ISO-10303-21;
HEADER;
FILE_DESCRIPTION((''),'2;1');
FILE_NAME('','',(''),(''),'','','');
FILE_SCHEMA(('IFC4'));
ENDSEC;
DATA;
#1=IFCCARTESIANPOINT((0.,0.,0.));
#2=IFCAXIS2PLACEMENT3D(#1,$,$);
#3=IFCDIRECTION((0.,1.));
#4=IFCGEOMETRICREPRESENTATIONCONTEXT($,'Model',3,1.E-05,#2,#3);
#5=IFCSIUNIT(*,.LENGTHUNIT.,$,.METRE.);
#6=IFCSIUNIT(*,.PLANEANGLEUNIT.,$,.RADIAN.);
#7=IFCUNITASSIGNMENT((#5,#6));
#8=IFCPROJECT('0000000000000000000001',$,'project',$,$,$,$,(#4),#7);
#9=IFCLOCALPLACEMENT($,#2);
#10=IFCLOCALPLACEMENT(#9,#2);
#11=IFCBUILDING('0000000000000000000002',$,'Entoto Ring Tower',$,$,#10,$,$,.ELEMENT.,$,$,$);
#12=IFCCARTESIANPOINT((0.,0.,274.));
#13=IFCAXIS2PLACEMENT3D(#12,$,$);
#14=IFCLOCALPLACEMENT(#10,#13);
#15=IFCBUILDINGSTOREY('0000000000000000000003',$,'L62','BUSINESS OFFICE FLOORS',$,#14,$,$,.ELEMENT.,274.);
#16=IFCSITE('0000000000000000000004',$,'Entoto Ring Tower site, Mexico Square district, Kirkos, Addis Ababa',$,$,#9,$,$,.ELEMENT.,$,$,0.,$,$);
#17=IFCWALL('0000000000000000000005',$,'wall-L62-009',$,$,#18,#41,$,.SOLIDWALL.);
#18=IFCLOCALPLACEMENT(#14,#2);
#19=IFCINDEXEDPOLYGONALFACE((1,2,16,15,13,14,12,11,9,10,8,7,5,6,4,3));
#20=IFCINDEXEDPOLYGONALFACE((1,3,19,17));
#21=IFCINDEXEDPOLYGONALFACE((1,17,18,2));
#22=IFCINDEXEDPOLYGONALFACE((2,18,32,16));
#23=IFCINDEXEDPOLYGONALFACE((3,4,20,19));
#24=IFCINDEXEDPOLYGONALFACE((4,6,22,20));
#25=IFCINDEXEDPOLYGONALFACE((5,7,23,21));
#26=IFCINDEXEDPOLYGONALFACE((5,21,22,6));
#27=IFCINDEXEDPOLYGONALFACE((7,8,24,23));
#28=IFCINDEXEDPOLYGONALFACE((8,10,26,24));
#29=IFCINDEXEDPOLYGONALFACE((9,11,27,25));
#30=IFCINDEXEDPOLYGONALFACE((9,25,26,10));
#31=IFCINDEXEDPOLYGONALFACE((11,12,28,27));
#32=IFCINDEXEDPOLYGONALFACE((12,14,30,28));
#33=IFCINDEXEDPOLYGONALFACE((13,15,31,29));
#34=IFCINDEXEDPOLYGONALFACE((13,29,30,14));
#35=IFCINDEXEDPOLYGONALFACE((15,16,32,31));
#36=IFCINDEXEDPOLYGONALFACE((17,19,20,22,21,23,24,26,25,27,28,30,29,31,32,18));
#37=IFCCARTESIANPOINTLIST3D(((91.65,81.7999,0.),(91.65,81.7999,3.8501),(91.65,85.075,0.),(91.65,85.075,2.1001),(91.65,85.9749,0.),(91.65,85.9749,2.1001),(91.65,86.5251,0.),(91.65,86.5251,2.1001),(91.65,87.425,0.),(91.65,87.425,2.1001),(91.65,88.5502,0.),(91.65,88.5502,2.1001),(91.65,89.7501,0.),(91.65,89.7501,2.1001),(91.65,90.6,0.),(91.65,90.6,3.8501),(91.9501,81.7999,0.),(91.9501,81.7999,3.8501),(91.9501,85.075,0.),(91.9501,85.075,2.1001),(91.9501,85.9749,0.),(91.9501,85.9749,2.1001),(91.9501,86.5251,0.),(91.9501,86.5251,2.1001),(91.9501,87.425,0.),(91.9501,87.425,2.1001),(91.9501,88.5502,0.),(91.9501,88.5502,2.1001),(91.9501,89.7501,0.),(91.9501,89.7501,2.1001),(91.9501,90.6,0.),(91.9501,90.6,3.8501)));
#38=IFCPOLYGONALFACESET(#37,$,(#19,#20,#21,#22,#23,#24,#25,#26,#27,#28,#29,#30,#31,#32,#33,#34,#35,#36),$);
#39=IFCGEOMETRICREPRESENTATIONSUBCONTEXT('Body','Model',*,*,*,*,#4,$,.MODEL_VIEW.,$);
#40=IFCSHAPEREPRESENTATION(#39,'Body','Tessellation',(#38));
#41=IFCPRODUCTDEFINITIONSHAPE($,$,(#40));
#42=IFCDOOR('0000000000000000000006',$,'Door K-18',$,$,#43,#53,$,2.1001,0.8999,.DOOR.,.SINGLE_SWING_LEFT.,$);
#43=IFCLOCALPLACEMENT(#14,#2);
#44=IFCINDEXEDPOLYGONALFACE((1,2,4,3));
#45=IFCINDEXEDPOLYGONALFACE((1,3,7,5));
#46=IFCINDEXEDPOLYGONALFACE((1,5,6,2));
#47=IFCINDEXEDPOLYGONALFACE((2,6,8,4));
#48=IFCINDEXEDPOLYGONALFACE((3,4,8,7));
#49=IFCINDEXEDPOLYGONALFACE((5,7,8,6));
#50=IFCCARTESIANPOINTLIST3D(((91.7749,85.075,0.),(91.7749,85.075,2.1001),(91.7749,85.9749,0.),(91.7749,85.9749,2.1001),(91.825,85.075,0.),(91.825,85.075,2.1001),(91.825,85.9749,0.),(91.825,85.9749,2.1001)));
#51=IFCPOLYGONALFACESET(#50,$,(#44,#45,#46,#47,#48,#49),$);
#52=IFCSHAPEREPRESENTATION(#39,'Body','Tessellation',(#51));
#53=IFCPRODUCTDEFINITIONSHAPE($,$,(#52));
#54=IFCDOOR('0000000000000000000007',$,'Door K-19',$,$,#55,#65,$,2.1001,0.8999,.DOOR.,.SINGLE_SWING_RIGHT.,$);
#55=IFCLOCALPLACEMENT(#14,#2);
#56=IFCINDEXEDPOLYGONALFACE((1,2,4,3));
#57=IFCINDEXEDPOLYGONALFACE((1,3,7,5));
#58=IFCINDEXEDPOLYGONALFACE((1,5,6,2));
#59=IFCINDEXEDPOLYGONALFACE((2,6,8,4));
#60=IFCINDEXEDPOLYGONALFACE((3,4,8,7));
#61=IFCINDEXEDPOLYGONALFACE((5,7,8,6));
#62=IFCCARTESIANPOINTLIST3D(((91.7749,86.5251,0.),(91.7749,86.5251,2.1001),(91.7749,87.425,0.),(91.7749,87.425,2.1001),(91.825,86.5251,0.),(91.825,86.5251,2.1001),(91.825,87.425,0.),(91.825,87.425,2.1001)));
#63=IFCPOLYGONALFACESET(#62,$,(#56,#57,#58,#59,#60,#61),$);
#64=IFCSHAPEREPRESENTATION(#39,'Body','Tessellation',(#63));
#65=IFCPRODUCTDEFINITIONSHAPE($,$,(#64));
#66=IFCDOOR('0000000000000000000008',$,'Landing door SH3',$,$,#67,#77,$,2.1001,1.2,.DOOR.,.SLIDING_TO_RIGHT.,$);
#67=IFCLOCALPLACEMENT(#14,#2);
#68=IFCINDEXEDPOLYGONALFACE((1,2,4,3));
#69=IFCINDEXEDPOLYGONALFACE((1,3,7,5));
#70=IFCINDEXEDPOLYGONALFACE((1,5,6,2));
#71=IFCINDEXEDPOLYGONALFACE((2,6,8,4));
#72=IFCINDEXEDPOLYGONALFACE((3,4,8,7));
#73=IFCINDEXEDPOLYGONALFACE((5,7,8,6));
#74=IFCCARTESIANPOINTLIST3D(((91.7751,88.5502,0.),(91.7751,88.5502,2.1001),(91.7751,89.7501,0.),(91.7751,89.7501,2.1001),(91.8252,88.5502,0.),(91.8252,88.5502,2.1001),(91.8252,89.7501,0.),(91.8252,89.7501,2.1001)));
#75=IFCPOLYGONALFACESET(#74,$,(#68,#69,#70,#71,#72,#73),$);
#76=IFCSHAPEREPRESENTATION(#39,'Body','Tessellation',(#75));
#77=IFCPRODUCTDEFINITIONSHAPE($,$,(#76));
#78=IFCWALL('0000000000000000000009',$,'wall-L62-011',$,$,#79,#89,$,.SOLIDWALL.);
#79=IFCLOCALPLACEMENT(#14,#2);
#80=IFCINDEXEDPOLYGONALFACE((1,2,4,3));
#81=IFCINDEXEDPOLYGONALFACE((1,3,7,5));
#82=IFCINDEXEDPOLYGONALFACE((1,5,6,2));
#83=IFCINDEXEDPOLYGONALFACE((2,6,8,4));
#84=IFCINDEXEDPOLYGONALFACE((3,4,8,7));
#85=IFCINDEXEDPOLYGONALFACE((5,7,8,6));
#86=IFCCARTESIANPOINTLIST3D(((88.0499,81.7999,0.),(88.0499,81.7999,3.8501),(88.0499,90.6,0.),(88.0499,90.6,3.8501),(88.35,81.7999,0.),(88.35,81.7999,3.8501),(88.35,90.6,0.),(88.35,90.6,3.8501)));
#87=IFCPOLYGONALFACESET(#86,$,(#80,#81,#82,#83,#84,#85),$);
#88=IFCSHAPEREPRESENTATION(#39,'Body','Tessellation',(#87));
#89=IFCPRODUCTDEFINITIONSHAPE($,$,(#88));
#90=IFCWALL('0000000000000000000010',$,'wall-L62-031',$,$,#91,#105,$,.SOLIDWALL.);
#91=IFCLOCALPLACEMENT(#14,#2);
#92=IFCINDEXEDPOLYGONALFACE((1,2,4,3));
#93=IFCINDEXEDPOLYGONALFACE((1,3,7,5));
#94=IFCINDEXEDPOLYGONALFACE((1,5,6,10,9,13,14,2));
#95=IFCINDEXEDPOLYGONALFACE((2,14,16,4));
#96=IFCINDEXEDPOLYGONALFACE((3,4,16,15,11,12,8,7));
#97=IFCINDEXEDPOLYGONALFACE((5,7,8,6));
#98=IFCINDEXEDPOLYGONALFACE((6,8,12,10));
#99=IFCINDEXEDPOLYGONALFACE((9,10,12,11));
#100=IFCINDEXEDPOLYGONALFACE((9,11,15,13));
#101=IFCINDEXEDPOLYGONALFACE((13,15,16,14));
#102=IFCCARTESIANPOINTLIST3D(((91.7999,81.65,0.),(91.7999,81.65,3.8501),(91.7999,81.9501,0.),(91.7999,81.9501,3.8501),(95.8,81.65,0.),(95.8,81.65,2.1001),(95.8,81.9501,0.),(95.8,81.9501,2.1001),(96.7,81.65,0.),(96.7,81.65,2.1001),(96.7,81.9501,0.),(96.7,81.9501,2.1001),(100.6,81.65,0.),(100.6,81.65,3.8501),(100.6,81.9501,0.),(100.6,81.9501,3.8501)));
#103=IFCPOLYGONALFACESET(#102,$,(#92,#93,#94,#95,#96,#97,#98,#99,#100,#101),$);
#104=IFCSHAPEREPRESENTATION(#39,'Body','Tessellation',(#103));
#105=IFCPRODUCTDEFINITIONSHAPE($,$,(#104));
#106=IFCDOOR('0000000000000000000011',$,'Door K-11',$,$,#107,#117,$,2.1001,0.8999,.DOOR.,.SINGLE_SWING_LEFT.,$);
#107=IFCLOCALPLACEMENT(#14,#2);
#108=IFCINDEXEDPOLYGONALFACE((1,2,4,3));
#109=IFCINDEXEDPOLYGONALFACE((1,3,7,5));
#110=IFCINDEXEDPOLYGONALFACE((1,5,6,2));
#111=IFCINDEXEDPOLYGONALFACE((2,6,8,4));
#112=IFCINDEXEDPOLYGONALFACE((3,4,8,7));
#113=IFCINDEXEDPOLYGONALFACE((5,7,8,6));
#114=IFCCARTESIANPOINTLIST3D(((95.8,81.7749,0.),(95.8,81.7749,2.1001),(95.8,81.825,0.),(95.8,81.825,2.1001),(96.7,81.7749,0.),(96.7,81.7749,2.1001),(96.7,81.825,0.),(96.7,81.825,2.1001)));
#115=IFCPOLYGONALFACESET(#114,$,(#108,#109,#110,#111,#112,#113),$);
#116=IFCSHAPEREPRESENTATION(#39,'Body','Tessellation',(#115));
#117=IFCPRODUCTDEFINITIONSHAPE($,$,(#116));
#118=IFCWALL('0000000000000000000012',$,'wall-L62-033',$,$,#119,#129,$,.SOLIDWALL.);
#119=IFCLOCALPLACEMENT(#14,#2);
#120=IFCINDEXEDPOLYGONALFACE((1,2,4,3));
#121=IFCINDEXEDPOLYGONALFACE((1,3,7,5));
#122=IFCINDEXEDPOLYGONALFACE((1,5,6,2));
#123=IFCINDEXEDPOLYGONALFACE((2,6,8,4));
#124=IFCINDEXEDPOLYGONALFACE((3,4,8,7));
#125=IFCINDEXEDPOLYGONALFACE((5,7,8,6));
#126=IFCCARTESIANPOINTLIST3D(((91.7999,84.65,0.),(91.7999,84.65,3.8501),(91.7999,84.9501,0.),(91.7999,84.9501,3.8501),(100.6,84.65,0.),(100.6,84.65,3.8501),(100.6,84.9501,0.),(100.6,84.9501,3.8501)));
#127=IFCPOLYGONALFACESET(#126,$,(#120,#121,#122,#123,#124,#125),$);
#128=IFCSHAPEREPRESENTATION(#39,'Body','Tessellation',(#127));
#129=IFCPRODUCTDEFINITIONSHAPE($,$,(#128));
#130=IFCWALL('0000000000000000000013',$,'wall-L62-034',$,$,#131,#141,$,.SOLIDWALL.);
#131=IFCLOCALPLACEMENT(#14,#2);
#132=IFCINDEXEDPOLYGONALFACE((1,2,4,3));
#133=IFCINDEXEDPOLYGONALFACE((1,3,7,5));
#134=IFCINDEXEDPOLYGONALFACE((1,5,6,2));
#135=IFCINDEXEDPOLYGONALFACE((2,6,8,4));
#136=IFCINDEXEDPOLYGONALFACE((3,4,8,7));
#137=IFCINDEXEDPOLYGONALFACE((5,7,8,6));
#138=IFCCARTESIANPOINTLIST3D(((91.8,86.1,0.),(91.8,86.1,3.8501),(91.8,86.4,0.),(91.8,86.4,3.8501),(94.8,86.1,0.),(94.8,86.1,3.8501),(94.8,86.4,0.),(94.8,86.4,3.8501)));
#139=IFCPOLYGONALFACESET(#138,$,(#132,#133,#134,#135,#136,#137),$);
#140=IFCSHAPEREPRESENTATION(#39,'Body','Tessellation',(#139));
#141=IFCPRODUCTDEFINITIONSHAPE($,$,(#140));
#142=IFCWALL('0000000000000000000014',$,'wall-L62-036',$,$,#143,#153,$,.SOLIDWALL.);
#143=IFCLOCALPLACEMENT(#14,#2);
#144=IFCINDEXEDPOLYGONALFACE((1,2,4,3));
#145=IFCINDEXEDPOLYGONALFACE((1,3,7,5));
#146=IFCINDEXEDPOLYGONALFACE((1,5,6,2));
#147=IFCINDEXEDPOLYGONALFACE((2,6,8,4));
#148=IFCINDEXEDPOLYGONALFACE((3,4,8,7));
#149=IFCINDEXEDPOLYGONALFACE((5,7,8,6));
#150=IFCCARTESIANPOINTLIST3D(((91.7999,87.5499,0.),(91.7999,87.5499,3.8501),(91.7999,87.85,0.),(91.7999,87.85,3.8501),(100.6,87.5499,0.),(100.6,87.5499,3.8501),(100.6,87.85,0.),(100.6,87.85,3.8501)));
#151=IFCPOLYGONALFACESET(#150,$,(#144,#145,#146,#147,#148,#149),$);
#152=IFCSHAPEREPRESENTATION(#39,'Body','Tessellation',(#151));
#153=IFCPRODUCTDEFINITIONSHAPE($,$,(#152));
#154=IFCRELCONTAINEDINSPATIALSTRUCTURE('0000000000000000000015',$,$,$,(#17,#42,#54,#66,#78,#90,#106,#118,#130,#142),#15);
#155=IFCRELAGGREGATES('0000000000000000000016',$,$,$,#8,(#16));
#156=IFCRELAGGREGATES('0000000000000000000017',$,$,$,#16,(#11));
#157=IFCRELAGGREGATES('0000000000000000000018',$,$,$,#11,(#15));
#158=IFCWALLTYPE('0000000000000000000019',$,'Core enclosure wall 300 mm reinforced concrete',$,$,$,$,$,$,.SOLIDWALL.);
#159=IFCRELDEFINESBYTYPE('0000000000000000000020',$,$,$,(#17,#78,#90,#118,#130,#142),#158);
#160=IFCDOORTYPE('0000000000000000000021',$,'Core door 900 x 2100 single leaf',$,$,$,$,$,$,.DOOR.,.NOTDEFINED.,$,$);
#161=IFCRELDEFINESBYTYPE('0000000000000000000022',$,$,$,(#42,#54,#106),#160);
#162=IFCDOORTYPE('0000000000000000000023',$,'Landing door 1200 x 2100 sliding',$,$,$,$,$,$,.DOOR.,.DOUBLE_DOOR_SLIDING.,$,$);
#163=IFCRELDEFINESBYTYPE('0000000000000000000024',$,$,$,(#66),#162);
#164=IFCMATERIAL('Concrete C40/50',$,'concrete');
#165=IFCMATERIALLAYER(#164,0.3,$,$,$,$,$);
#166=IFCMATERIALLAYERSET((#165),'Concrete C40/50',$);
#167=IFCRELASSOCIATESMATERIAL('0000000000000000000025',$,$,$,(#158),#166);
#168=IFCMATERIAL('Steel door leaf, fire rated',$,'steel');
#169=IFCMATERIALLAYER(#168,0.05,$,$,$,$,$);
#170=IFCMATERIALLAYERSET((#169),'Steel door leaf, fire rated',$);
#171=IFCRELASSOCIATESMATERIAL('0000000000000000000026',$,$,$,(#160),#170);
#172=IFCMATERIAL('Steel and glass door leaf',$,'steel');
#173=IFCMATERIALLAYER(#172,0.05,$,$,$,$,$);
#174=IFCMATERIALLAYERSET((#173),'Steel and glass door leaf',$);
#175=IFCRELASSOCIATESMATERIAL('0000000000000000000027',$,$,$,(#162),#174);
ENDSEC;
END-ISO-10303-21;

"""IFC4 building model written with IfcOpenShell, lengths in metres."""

from ifc_helpers import new_model, si_unit, direction, frame, frame_2d, origin, place, context, subcontext, project, spatial, rectangle, extrude, material, layer, layer_set, type_object, element, fill, save


model = new_model("IFC4")

# Units and contexts
model_context = context("Model", 3, precision=1e-05, world=origin(), true_north=direction((0.0, 1.0)))
body_context = subcontext(model_context, "Body", "Model", "MODEL_VIEW")
ifc_project = project(units=[si_unit("LENGTHUNIT", "METRE"), si_unit("PLANEANGLEUNIT", "RADIAN")], contexts=[model_context])

# Site, building, storey
site_placement = place(None, origin())
site = spatial("IfcSite", under=ifc_project, at=site_placement, Name="Entoto Ring Tower site, Mexico Square district, Kirkos, Addis Ababa", CompositionType="ELEMENT", RefElevation=0.0)
building_placement = place(site_placement, origin())
building = spatial("IfcBuilding", under=site, at=building_placement, Name="Entoto Ring Tower", CompositionType="ELEMENT")
storey_placement = place(building_placement, frame((0.0, 0.0, 274.0)))
storey = spatial("IfcBuildingStorey", under=building, at=storey_placement, Name="L62", Description="BUSINESS OFFICE FLOORS", CompositionType="ELEMENT", Elevation=274.0)

# Shared definitions
ifc_material_1 = material(Name="Concrete C40/50", Category="concrete")
ifc_layer_1 = layer(ifc_material_1, 0.3)
ifc_layer_set_1 = layer_set([ifc_layer_1], Name="Concrete C40/50")
wall_type_1 = type_object("IfcWallType", Name="Core enclosure wall 300 mm reinforced concrete", PredefinedType="SOLIDWALL", material=ifc_layer_set_1)

# Wall, openings, doors
wall_1_placement = place(storey_placement, frame((91.8, 81.8, 0.0), z_axis=(0.0, 0.0, 1.0), x_axis=(0.0, 1.0, 0.0)))
wall_1 = element("IfcWall", 1, at=wall_1_placement, inside=storey, type_object=wall_type_1, Name="wall-L62-009", PredefinedType="SOLIDWALL", context=body_context, shape_type="SweptSolid", body=[
    extrude(rectangle(XDim=8.8, YDim=0.3, at=frame_2d((4.3999, 0.0))), origin(), (0.0, 0.0, 1.0), 3.8501),
])
opening_1_placement = place(wall_1_placement, frame((6.75, 0.0, 0.0)))
opening_1 = element("IfcOpeningElement", 2, at=opening_1_placement, cuts=wall_1, PredefinedType="OPENING", context=body_context, shape_type="SweptSolid", body=[
    extrude(rectangle(XDim=1.2, YDim=2.1001, at=frame_2d((0.6001, 1.05))), frame((0.0, 0.1602, 0.0), z_axis=(0.0, -1.0, 0.0), x_axis=(1.0, 0.0, 0.0)), (0.0, 0.0, 1.0), 0.3201),
])
opening_2_placement = place(wall_1_placement, frame((3.2749, 0.0, 0.0)))
opening_2 = element("IfcOpeningElement", 3, at=opening_2_placement, cuts=wall_1, PredefinedType="OPENING", context=body_context, shape_type="SweptSolid", body=[
    extrude(rectangle(XDim=0.8999, YDim=2.1001, at=frame_2d((0.45, 1.05))), frame((0.0, 0.1602, 0.0), z_axis=(0.0, -1.0, 0.0), x_axis=(1.0, 0.0, 0.0)), (0.0, 0.0, 1.0), 0.3201),
])
opening_3_placement = place(wall_1_placement, frame((4.7251, 0.0, 0.0)))
opening_3 = element("IfcOpeningElement", 4, at=opening_3_placement, cuts=wall_1, PredefinedType="OPENING", context=body_context, shape_type="SweptSolid", body=[
    extrude(rectangle(XDim=0.8999, YDim=2.1001, at=frame_2d((0.45, 1.05))), frame((0.0, 0.1602, 0.0), z_axis=(0.0, -1.0, 0.0), x_axis=(1.0, 0.0, 0.0)), (0.0, 0.0, 1.0), 0.3201),
])
ifc_material_2 = material(Name="Steel door leaf, fire rated", Category="steel")
ifc_layer_2 = layer(ifc_material_2, 0.05)
ifc_layer_set_2 = layer_set([ifc_layer_2], Name="Steel door leaf, fire rated")
door_type_1 = type_object("IfcDoorType", Name="Core door 900 x 2100 single leaf", OperationType="NOTDEFINED", PredefinedType="DOOR", material=ifc_layer_set_2)
door_1_placement = place(opening_2_placement, frame((0.8999, 0.0, 0.0), z_axis=(0.0, 0.0, 1.0), x_axis=(-1.0, 0.0, 0.0)))
door_1 = element("IfcDoor", 5, at=door_1_placement, inside=storey, type_object=door_type_1, Name="Door K-18", OperationType="SINGLE_SWING_LEFT", OverallHeight=2.1001, OverallWidth=0.8999, PredefinedType="DOOR", context=body_context, shape_type="SweptSolid", body=[
    extrude(rectangle(XDim=0.8999, YDim=2.1001, at=frame_2d((0.45, 1.05))), frame((0.0, 0.0249, 0.0), z_axis=(0.0, -1.0, 0.0), x_axis=(1.0, 0.0, 0.0)), (0.0, 0.0, 1.0), 0.05),
])
fill(opening_2, door_1)
door_2_placement = place(opening_3_placement, frame((0.8999, 0.0, 0.0), z_axis=(0.0, 0.0, 1.0), x_axis=(-1.0, 0.0, 0.0)))
door_2 = element("IfcDoor", 6, at=door_2_placement, inside=storey, type_object=door_type_1, Name="Door K-19", OperationType="SINGLE_SWING_RIGHT", OverallHeight=2.1001, OverallWidth=0.8999, PredefinedType="DOOR", context=body_context, shape_type="SweptSolid", body=[
    extrude(rectangle(XDim=0.8999, YDim=2.1001, at=frame_2d((0.45, 1.05))), frame((0.0, 0.0249, 0.0), z_axis=(0.0, -1.0, 0.0), x_axis=(1.0, 0.0, 0.0)), (0.0, 0.0, 1.0), 0.05),
])
fill(opening_3, door_2)
ifc_material_3 = material(Name="Steel and glass door leaf", Category="steel")
ifc_layer_3 = layer(ifc_material_3, 0.05)
ifc_layer_set_3 = layer_set([ifc_layer_3], Name="Steel and glass door leaf")
door_type_2 = type_object("IfcDoorType", Name="Landing door 1200 x 2100 sliding", OperationType="DOUBLE_DOOR_SLIDING", PredefinedType="DOOR", material=ifc_layer_set_3)
door_3_placement = place(opening_1_placement, origin())
door_3 = element("IfcDoor", 7, at=door_3_placement, inside=storey, type_object=door_type_2, Name="Landing door SH3", OperationType="SLIDING_TO_RIGHT", OverallHeight=2.1001, OverallWidth=1.2, PredefinedType="DOOR", context=body_context, shape_type="SweptSolid", body=[
    extrude(rectangle(XDim=1.2, YDim=2.1001, at=frame_2d((0.6001, 1.05))), frame((0.0, 0.0249, 0.0), z_axis=(0.0, -1.0, 0.0), x_axis=(1.0, 0.0, 0.0)), (0.0, 0.0, 1.0), 0.05),
])
fill(opening_1, door_3)

# Wall
wall_2_placement = place(storey_placement, frame((88.2, 81.8, 0.0), z_axis=(0.0, 0.0, 1.0), x_axis=(0.0, 1.0, 0.0)))
element("IfcWall", 8, at=wall_2_placement, inside=storey, type_object=wall_type_1, Name="wall-L62-011", PredefinedType="SOLIDWALL", context=body_context, shape_type="SweptSolid", body=[
    extrude(rectangle(XDim=8.8, YDim=0.3, at=frame_2d((4.3999, 0.0))), origin(), (0.0, 0.0, 1.0), 3.8501),
])

# Wall, opening, door
wall_3_placement = place(storey_placement, frame((91.8, 81.8, 0.0), z_axis=(0.0, 0.0, 1.0), x_axis=(1.0, 0.0, 0.0)))
wall_3 = element("IfcWall", 9, at=wall_3_placement, inside=storey, type_object=wall_type_1, Name="wall-L62-031", PredefinedType="SOLIDWALL", context=body_context, shape_type="SweptSolid", body=[
    extrude(rectangle(XDim=8.8, YDim=0.3, at=frame_2d((4.3999, 0.0))), origin(), (0.0, 0.0, 1.0), 3.8501),
])
opening_4_placement = place(wall_3_placement, frame((4.0, 0.0, 0.0)))
opening_4 = element("IfcOpeningElement", 10, at=opening_4_placement, cuts=wall_3, PredefinedType="OPENING", context=body_context, shape_type="SweptSolid", body=[
    extrude(rectangle(XDim=0.8999, YDim=2.1001, at=frame_2d((0.45, 1.05))), frame((0.0, 0.1602, 0.0), z_axis=(0.0, -1.0, 0.0), x_axis=(1.0, 0.0, 0.0)), (0.0, 0.0, 1.0), 0.3201),
])
door_4_placement = place(opening_4_placement, origin())
door_4 = element("IfcDoor", 11, at=door_4_placement, inside=storey, type_object=door_type_1, Name="Door K-11", OperationType="SINGLE_SWING_LEFT", OverallHeight=2.1001, OverallWidth=0.8999, PredefinedType="DOOR", context=body_context, shape_type="SweptSolid", body=[
    extrude(rectangle(XDim=0.8999, YDim=2.1001, at=frame_2d((0.45, 1.05))), frame((0.0, 0.0249, 0.0), z_axis=(0.0, -1.0, 0.0), x_axis=(1.0, 0.0, 0.0)), (0.0, 0.0, 1.0), 0.05),
])
fill(opening_4, door_4)

# Walls
wall_4_placement = place(storey_placement, frame((91.8, 84.8, 0.0), z_axis=(0.0, 0.0, 1.0), x_axis=(1.0, 0.0, 0.0)))
element("IfcWall", 12, at=wall_4_placement, inside=storey, type_object=wall_type_1, Name="wall-L62-033", PredefinedType="SOLIDWALL", context=body_context, shape_type="SweptSolid", body=[
    extrude(rectangle(XDim=8.8, YDim=0.3, at=frame_2d((4.3999, 0.0))), origin(), (0.0, 0.0, 1.0), 3.8501),
])
wall_5_placement = place(storey_placement, frame((91.8, 86.25, 0.0), z_axis=(0.0, 0.0, 1.0), x_axis=(1.0, 0.0, 0.0)))
element("IfcWall", 13, at=wall_5_placement, inside=storey, type_object=wall_type_1, Name="wall-L62-034", PredefinedType="SOLIDWALL", context=body_context, shape_type="SweptSolid", body=[
    extrude(rectangle(XDim=3.0, YDim=0.3, at=frame_2d((1.5, 0.0))), origin(), (0.0, 0.0, 1.0), 3.8501),
])
wall_6_placement = place(storey_placement, frame((91.8, 87.7, 0.0), z_axis=(0.0, 0.0, 1.0), x_axis=(1.0, 0.0, 0.0)))
element("IfcWall", 14, at=wall_6_placement, inside=storey, type_object=wall_type_1, Name="wall-L62-036", PredefinedType="SOLIDWALL", context=body_context, shape_type="SweptSolid", body=[
    extrude(rectangle(XDim=8.8, YDim=0.3, at=frame_2d((4.3999, 0.0))), origin(), (0.0, 0.0, 1.0), 3.8501),
])

save(model, "model.ifc")
